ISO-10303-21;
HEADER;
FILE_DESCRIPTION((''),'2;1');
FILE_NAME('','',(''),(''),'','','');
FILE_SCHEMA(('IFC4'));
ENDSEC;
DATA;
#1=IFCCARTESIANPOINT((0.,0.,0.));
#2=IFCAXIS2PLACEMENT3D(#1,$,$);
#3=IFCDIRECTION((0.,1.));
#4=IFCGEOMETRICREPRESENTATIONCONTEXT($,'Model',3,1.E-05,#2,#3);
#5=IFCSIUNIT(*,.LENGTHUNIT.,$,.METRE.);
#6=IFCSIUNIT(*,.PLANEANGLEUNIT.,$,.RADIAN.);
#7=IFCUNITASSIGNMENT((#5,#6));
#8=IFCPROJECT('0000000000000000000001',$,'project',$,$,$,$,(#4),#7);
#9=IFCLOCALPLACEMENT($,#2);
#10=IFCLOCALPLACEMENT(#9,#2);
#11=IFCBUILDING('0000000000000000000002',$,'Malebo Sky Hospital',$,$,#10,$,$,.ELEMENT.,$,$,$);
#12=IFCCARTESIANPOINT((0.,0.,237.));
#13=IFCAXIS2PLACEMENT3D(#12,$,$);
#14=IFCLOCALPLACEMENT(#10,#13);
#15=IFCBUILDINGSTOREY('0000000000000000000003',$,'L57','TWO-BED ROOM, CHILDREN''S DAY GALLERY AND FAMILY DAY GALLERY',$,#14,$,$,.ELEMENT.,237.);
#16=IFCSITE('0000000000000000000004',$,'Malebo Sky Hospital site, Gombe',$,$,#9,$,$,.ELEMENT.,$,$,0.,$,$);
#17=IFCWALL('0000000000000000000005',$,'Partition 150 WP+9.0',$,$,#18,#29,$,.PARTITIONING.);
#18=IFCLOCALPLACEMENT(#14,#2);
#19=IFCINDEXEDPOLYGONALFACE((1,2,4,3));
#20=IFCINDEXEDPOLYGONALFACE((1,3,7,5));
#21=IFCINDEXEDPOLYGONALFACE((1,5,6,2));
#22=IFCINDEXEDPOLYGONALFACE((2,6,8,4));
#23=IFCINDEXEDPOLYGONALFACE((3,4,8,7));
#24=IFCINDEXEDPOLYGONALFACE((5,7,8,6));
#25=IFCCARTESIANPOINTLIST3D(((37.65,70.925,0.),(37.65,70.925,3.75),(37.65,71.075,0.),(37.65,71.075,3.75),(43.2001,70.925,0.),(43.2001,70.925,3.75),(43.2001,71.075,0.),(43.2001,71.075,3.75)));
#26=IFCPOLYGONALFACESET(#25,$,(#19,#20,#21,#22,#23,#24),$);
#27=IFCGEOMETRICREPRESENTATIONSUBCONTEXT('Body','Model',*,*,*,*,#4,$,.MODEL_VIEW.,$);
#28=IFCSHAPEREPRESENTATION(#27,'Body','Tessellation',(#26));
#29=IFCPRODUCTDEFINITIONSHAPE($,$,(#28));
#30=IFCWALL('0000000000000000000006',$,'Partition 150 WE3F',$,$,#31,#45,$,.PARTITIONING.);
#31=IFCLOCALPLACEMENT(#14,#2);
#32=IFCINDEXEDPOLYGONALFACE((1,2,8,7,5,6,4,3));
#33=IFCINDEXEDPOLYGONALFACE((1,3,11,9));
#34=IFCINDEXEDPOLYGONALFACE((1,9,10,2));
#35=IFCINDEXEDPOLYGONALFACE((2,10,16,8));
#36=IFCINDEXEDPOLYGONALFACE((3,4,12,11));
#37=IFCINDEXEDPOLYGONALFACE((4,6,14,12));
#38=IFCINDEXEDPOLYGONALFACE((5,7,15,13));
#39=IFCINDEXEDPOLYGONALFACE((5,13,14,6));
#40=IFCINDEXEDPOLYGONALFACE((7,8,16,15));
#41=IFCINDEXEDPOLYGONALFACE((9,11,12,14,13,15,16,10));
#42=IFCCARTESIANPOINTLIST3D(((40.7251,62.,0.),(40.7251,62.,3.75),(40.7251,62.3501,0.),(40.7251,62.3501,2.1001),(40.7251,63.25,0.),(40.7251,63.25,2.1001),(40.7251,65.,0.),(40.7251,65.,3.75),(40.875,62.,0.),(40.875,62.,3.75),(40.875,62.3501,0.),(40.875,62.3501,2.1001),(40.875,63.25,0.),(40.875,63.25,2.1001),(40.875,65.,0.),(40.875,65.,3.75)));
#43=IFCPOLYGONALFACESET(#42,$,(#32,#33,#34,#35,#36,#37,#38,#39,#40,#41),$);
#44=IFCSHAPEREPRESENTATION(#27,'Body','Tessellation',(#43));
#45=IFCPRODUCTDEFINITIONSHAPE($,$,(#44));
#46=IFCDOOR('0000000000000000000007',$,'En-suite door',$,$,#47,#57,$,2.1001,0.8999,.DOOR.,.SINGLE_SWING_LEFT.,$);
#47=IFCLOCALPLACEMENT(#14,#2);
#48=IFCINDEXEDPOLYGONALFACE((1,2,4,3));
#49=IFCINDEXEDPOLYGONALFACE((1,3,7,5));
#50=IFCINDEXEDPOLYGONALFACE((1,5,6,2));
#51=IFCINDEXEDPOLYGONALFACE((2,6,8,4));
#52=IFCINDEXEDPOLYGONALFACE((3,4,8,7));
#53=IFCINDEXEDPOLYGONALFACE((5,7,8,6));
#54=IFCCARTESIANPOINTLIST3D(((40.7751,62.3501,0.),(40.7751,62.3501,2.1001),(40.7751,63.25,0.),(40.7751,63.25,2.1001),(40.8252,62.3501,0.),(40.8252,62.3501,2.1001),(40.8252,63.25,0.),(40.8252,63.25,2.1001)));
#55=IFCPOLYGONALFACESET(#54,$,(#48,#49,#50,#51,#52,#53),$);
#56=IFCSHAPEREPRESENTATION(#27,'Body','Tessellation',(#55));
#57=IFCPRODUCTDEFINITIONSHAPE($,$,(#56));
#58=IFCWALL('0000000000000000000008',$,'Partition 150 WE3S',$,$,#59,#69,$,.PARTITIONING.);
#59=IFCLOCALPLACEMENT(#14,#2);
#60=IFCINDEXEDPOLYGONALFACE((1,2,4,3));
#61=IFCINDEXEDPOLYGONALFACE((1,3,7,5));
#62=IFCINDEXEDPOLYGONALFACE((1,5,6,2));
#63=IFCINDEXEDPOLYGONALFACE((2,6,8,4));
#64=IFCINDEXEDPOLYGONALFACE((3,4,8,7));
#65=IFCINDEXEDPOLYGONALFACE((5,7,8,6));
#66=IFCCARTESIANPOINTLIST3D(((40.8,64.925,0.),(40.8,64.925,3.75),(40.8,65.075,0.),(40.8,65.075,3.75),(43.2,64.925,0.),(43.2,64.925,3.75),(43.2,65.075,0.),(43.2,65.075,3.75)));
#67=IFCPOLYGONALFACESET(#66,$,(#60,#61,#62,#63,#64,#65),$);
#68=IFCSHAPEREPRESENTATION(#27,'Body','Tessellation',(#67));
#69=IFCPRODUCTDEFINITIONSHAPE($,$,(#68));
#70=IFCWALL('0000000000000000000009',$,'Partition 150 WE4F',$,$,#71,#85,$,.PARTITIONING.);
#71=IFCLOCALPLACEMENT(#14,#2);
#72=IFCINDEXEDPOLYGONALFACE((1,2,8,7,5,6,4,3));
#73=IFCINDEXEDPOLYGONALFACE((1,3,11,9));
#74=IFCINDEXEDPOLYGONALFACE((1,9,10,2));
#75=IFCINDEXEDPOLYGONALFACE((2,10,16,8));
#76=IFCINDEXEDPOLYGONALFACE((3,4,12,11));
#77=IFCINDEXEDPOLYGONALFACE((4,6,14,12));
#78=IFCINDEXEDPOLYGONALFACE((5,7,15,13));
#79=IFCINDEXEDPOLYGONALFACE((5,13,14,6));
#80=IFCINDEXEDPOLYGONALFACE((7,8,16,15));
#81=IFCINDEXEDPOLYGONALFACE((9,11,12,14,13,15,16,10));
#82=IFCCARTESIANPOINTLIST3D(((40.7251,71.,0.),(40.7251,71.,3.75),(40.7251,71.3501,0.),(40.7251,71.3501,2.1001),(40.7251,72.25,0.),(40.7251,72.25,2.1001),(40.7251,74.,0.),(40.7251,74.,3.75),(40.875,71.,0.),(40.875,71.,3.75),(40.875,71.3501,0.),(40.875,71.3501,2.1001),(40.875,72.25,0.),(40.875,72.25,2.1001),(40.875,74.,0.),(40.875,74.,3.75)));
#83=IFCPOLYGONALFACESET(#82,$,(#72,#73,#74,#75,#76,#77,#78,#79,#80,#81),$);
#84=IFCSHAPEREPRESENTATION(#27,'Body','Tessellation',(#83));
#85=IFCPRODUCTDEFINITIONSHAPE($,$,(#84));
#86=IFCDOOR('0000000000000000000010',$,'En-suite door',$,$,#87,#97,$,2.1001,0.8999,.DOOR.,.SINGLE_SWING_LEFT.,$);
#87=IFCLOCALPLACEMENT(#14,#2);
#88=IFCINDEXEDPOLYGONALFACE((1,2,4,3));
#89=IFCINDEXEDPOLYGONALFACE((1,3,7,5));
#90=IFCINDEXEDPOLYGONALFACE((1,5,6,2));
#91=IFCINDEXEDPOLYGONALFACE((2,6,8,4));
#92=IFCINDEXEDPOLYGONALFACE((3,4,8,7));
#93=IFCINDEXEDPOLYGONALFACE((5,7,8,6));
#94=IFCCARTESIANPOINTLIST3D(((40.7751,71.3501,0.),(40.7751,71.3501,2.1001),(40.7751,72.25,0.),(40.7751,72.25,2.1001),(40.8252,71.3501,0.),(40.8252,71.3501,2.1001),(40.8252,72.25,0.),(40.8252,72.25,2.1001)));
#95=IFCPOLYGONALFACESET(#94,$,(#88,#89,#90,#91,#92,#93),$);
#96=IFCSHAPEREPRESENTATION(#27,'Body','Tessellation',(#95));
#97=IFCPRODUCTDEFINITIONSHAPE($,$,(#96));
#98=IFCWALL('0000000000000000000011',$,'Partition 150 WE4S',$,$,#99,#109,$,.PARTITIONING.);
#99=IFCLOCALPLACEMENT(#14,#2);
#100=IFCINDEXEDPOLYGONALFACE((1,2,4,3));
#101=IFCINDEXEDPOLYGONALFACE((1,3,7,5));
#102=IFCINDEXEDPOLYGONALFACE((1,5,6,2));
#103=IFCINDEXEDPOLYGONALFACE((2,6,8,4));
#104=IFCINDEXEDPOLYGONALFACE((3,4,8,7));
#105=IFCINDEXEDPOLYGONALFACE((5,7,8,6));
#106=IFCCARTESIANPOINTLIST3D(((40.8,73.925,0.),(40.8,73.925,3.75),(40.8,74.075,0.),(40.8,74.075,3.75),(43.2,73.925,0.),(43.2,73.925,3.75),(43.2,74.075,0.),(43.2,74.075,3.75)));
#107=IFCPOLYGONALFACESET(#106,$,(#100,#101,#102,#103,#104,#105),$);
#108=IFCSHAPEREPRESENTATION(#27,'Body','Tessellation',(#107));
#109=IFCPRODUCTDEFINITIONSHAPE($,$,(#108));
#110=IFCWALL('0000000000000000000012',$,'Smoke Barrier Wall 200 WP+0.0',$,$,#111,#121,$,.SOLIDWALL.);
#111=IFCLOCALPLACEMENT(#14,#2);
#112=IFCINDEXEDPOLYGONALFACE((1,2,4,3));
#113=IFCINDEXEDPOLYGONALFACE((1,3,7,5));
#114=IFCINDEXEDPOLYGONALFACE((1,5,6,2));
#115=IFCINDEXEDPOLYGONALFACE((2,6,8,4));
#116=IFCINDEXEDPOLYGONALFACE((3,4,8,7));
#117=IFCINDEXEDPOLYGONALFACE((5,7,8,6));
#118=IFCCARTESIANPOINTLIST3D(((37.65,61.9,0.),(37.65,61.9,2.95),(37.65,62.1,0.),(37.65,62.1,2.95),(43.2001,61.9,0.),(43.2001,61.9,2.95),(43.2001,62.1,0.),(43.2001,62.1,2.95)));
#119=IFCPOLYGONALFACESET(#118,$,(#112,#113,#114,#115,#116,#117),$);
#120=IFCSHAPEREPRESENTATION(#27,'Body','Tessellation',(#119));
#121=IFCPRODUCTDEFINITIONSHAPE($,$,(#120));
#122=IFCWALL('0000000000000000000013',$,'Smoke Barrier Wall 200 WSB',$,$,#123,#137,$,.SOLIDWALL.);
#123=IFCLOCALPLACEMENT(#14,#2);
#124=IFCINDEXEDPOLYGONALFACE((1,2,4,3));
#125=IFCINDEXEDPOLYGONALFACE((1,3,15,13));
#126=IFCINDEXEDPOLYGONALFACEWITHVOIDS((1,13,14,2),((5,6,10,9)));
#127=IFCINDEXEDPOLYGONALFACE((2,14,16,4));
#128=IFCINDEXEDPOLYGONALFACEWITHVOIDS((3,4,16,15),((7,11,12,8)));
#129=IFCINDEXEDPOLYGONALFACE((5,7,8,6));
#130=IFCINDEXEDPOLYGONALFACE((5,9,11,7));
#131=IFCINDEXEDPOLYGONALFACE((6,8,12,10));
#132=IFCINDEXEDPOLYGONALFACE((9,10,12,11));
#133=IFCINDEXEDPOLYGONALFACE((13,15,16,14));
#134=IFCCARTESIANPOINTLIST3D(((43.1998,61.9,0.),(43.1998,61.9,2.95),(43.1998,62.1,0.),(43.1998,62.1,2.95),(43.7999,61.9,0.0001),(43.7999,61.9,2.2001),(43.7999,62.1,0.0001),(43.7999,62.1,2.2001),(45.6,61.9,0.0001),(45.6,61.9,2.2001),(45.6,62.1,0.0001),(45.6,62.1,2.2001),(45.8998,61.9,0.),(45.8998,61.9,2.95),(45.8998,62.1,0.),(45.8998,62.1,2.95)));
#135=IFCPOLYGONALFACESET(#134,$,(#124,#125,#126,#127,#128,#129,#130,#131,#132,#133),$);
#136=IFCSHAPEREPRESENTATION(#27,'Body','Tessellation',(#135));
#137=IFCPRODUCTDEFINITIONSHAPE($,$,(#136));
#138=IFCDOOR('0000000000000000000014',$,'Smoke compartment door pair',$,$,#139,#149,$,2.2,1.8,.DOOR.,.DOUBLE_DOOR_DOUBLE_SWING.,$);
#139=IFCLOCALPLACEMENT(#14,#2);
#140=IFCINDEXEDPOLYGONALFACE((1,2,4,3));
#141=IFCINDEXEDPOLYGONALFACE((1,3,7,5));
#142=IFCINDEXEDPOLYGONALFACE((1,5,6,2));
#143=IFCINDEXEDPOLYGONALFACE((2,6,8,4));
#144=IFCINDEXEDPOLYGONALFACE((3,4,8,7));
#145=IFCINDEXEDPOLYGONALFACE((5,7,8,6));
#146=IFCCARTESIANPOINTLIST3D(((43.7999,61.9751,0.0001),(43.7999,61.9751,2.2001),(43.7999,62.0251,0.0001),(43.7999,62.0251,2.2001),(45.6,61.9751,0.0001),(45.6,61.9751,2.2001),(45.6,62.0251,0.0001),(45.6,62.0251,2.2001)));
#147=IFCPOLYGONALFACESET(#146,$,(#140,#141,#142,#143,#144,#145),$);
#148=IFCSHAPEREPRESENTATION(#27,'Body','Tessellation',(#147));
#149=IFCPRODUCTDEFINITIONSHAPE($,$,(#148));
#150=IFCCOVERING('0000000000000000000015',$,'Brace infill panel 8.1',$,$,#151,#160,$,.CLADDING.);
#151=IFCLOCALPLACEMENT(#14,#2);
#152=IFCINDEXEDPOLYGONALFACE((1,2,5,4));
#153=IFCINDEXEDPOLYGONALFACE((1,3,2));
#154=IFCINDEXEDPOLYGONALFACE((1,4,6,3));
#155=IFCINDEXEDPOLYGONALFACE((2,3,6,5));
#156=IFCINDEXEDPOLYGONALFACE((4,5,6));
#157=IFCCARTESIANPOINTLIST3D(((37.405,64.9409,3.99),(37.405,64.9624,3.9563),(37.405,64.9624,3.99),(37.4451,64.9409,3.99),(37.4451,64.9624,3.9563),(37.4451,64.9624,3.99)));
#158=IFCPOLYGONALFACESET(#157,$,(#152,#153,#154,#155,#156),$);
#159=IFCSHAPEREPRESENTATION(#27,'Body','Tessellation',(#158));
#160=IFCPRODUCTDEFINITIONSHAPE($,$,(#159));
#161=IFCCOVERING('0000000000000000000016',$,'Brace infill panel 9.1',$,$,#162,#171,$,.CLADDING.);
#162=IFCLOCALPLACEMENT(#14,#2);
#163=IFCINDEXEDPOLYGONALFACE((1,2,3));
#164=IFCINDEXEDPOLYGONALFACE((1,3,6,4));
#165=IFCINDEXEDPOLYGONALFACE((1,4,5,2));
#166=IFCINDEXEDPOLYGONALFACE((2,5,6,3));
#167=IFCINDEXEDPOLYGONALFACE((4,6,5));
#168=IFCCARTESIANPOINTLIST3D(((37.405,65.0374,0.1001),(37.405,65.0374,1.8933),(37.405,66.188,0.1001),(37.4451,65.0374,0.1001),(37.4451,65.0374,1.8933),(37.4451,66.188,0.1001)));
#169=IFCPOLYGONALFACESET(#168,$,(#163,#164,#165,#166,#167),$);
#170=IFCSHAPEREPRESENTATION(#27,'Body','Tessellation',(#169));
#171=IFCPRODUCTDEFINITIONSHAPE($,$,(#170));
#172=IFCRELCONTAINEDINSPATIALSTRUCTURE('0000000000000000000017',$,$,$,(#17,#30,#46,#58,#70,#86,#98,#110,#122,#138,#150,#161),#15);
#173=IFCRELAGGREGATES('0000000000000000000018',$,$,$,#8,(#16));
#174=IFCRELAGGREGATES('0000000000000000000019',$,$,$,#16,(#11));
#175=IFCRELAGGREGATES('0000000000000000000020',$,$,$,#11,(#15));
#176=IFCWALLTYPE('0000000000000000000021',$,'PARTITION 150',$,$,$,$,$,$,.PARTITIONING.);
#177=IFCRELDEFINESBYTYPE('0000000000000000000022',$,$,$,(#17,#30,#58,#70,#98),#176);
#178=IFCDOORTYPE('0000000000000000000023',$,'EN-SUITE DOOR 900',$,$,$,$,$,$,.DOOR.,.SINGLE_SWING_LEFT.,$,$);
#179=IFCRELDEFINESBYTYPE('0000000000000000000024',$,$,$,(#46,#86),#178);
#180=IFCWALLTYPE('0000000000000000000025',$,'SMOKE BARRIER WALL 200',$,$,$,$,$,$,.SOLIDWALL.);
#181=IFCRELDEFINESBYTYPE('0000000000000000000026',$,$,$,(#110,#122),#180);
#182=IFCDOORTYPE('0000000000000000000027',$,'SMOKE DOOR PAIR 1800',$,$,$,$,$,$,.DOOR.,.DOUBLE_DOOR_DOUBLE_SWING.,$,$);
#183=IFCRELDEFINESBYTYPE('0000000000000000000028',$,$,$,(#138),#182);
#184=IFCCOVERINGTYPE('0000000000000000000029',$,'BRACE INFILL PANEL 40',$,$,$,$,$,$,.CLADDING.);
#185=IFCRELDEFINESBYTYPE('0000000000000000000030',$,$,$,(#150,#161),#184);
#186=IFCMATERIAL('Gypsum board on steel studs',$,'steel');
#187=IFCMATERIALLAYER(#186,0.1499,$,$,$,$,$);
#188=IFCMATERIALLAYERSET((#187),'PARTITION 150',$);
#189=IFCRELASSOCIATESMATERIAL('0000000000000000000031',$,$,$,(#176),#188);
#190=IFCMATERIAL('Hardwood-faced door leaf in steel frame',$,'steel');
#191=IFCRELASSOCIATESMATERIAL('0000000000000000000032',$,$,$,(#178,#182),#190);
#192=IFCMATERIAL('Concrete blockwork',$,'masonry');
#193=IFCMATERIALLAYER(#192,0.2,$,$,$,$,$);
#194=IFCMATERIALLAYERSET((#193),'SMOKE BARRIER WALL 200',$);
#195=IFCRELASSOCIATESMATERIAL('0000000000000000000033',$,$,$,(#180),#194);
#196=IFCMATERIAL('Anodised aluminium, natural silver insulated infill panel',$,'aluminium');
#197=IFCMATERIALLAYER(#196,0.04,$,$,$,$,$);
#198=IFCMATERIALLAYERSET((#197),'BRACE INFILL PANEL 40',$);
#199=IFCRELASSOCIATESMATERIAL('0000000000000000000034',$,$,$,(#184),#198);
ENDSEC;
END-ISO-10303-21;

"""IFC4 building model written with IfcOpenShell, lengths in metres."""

from ifc_helpers import new_model, si_unit, direction, frame, frame_2d, origin, place, context, subcontext, project, spatial, polyline, rectangle, outline, extrude, material, layer, layer_set, type_object, element, fill, save


model = new_model("IFC4")

# Units and contexts
model_context = context("Model", 3, precision=1e-05, world=origin(), true_north=direction((0.0, 1.0)))
body_context = subcontext(model_context, "Body", "Model", "MODEL_VIEW")
ifc_project = project(units=[si_unit("LENGTHUNIT", "METRE"), si_unit("PLANEANGLEUNIT", "RADIAN")], contexts=[model_context])

# Site, building, storey
site_placement = place(None, origin())
site = spatial("IfcSite", under=ifc_project, at=site_placement, Name="Malebo Sky Hospital site, Gombe", CompositionType="ELEMENT", RefElevation=0.0)
building_placement = place(site_placement, origin())
building = spatial("IfcBuilding", under=site, at=building_placement, Name="Malebo Sky Hospital", CompositionType="ELEMENT")
storey_placement = place(building_placement, frame((0.0, 0.0, 237.0)))
storey = spatial("IfcBuildingStorey", under=building, at=storey_placement, Name="L57", Description="TWO-BED ROOM, CHILDREN'S DAY GALLERY AND FAMILY DAY GALLERY", CompositionType="ELEMENT", Elevation=237.0)

# Shared definitions
ifc_material_1 = material(Name="Gypsum board on steel studs", Category="steel")
ifc_material_2 = material(Name="Hardwood-faced door leaf in steel frame", Category="steel")

# Wall
ifc_layer_1 = layer(ifc_material_1, 0.1499)
ifc_layer_set_1 = layer_set([ifc_layer_1], Name="PARTITION 150")
wall_type_1 = type_object("IfcWallType", Name="PARTITION 150", PredefinedType="PARTITIONING", material=ifc_layer_set_1)
wall_1_placement = place(storey_placement, frame((43.2, 71.0, 0.0), z_axis=(0.0, 0.0, 1.0), x_axis=(-1.0, 0.0, 0.0)))
element("IfcWall", 1, at=wall_1_placement, inside=storey, type_object=wall_type_1, Name="Partition 150 WP+9.0", PredefinedType="PARTITIONING", context=body_context, shape_type="SweptSolid", body=[
    extrude(rectangle(XDim=5.55, YDim=0.1499, at=frame_2d((2.7749, 0.0))), origin(), (0.0, 0.0, 1.0), 3.75),
])

# Wall, opening, door
wall_2_placement = place(storey_placement, frame((40.8, 62.0, 0.0), z_axis=(0.0, 0.0, 1.0), x_axis=(0.0, 1.0, 0.0)))
wall_2 = element("IfcWall", 2, at=wall_2_placement, inside=storey, type_object=wall_type_1, Name="Partition 150 WE3F", PredefinedType="PARTITIONING", context=body_context, shape_type="SweptSolid", body=[
    extrude(rectangle(XDim=3.0, YDim=0.1499, at=frame_2d((1.5, 0.0))), origin(), (0.0, 0.0, 1.0), 3.75),
])
opening_1_placement = place(wall_2_placement, frame((0.3501, 0.0, 0.0)))
opening_1 = element("IfcOpeningElement", 3, at=opening_1_placement, cuts=wall_2, PredefinedType="OPENING", context=body_context, shape_type="SweptSolid", body=[
    extrude(rectangle(XDim=0.8999, YDim=2.1001, at=frame_2d((0.45, 1.05))), frame((0.0, 0.085, 0.0), z_axis=(0.0, -1.0, 0.0), x_axis=(1.0, 0.0, 0.0)), (0.0, 0.0, 1.0), 0.1699),
])
door_type_1 = type_object("IfcDoorType", Name="EN-SUITE DOOR 900", OperationType="SINGLE_SWING_LEFT", PredefinedType="DOOR", material=ifc_material_2)
door_1_placement = place(opening_1_placement, origin())
door_1 = element("IfcDoor", 4, at=door_1_placement, inside=storey, type_object=door_type_1, Name="En-suite door", OperationType="SINGLE_SWING_LEFT", OverallHeight=2.1001, OverallWidth=0.8999, PredefinedType="DOOR", context=body_context, shape_type="SweptSolid", body=[
    extrude(rectangle(XDim=0.8999, YDim=2.1001, at=frame_2d((0.45, 1.05))), frame((0.0, 0.0249, 0.0), z_axis=(0.0, -1.0, 0.0), x_axis=(1.0, 0.0, 0.0)), (0.0, 0.0, 1.0), 0.05),
])
fill(opening_1, door_1)

# Wall
wall_3_placement = place(storey_placement, frame((43.2, 65.0, 0.0), z_axis=(0.0, 0.0, 1.0), x_axis=(-1.0, 0.0, 0.0)))
element("IfcWall", 5, at=wall_3_placement, inside=storey, type_object=wall_type_1, Name="Partition 150 WE3S", PredefinedType="PARTITIONING", context=body_context, shape_type="SweptSolid", body=[
    extrude(rectangle(XDim=2.3999, YDim=0.1499, at=frame_2d((1.2, 0.0))), origin(), (0.0, 0.0, 1.0), 3.75),
])

# Wall, opening, door
wall_4_placement = place(storey_placement, frame((40.8, 71.0, 0.0), z_axis=(0.0, 0.0, 1.0), x_axis=(0.0, 1.0, 0.0)))
wall_4 = element("IfcWall", 6, at=wall_4_placement, inside=storey, type_object=wall_type_1, Name="Partition 150 WE4F", PredefinedType="PARTITIONING", context=body_context, shape_type="SweptSolid", body=[
    extrude(rectangle(XDim=3.0, YDim=0.1499, at=frame_2d((1.5, 0.0))), origin(), (0.0, 0.0, 1.0), 3.75),
])
opening_2_placement = place(wall_4_placement, frame((0.3501, 0.0, 0.0)))
opening_2 = element("IfcOpeningElement", 7, at=opening_2_placement, cuts=wall_4, PredefinedType="OPENING", context=body_context, shape_type="SweptSolid", body=[
    extrude(rectangle(XDim=0.8999, YDim=2.1001, at=frame_2d((0.45, 1.05))), frame((0.0, 0.085, 0.0), z_axis=(0.0, -1.0, 0.0), x_axis=(1.0, 0.0, 0.0)), (0.0, 0.0, 1.0), 0.1699),
])
door_2_placement = place(opening_2_placement, origin())
door_2 = element("IfcDoor", 8, at=door_2_placement, inside=storey, type_object=door_type_1, Name="En-suite door", OperationType="SINGLE_SWING_LEFT", OverallHeight=2.1001, OverallWidth=0.8999, PredefinedType="DOOR", context=body_context, shape_type="SweptSolid", body=[
    extrude(rectangle(XDim=0.8999, YDim=2.1001, at=frame_2d((0.45, 1.05))), frame((0.0, 0.0249, 0.0), z_axis=(0.0, -1.0, 0.0), x_axis=(1.0, 0.0, 0.0)), (0.0, 0.0, 1.0), 0.05),
])
fill(opening_2, door_2)

# Walls
wall_5_placement = place(storey_placement, frame((43.2, 74.0, 0.0), z_axis=(0.0, 0.0, 1.0), x_axis=(-1.0, 0.0, 0.0)))
element("IfcWall", 9, at=wall_5_placement, inside=storey, type_object=wall_type_1, Name="Partition 150 WE4S", PredefinedType="PARTITIONING", context=body_context, shape_type="SweptSolid", body=[
    extrude(rectangle(XDim=2.3999, YDim=0.1499, at=frame_2d((1.2, 0.0))), origin(), (0.0, 0.0, 1.0), 3.75),
])
ifc_material_3 = material(Name="Concrete blockwork", Category="masonry")
ifc_layer_2 = layer(ifc_material_3, 0.2)
ifc_layer_set_2 = layer_set([ifc_layer_2], Name="SMOKE BARRIER WALL 200")
wall_type_2 = type_object("IfcWallType", Name="SMOKE BARRIER WALL 200", PredefinedType="SOLIDWALL", material=ifc_layer_set_2)
wall_6_placement = place(storey_placement, frame((43.2, 62.0, 0.0), z_axis=(0.0, 0.0, 1.0), x_axis=(-1.0, 0.0, 0.0)))
element("IfcWall", 10, at=wall_6_placement, inside=storey, type_object=wall_type_2, Name="Smoke Barrier Wall 200 WP+0.0", PredefinedType="SOLIDWALL", context=body_context, shape_type="SweptSolid", body=[
    extrude(rectangle(XDim=5.55, YDim=0.2, at=frame_2d((2.7749, 0.0))), origin(), (0.0, 0.0, 1.0), 2.95),
])

# Wall, opening, door
wall_7_placement = place(storey_placement, frame((45.8999, 62.0, 0.0), z_axis=(0.0, 0.0, 1.0), x_axis=(-1.0, 0.0, 0.0)))
wall_7 = element("IfcWall", 11, at=wall_7_placement, inside=storey, type_object=wall_type_2, Name="Smoke Barrier Wall 200 WSB", PredefinedType="SOLIDWALL", context=body_context, shape_type="SweptSolid", body=[
    extrude(rectangle(XDim=2.7, YDim=0.2, at=frame_2d((1.3501, 0.0))), origin(), (0.0, 0.0, 1.0), 2.95),
])
opening_3_placement = place(wall_7_placement, frame((0.3, 0.0, 0.0)))
opening_3 = element("IfcOpeningElement", 12, at=opening_3_placement, cuts=wall_7, PredefinedType="OPENING", context=body_context, shape_type="SweptSolid", body=[
    extrude(rectangle(XDim=1.8, YDim=2.2, at=frame_2d((0.8999, 1.1001))), frame((0.0, 0.1099, 0.0), z_axis=(0.0, -1.0, 0.0), x_axis=(1.0, 0.0, 0.0)), (0.0, 0.0, 1.0), 0.22),
])
door_type_2 = type_object("IfcDoorType", Name="SMOKE DOOR PAIR 1800", OperationType="DOUBLE_DOOR_DOUBLE_SWING", PredefinedType="DOOR", material=ifc_material_2)
door_3_placement = place(opening_3_placement, origin())
door_3 = element("IfcDoor", 13, at=door_3_placement, inside=storey, type_object=door_type_2, Name="Smoke compartment door pair", OperationType="DOUBLE_DOOR_DOUBLE_SWING", OverallHeight=2.2, OverallWidth=1.8, PredefinedType="DOOR", context=body_context, shape_type="SweptSolid", body=[
    extrude(rectangle(XDim=1.8, YDim=2.2, at=frame_2d((0.8999, 1.1001))), frame((0.0, 0.0249, 0.0), z_axis=(0.0, -1.0, 0.0), x_axis=(1.0, 0.0, 0.0)), (0.0, 0.0, 1.0), 0.05),
])
fill(opening_3, door_3)

# Coverings
ifc_material_4 = material(Name="Anodised aluminium, natural silver insulated infill panel", Category="aluminium")
ifc_layer_3 = layer(ifc_material_4, 0.04)
ifc_layer_set_3 = layer_set([ifc_layer_3], Name="BRACE INFILL PANEL 40")
covering_type = type_object("IfcCoveringType", Name="BRACE INFILL PANEL 40", PredefinedType="CLADDING", material=ifc_layer_set_3)
covering_1_placement = place(storey_placement, frame((37.425, 64.9517, 3.9563), z_axis=(0.0, 0.0, 1.0), x_axis=(0.0, 1.0, 0.0)))
element("IfcCovering", 14, at=covering_1_placement, inside=storey, type_object=covering_type, Name="Brace infill panel 8.1", PredefinedType="CLADDING", context=body_context, shape_type="SweptSolid", body=[
    extrude(outline(polyline([(0.0107, 0.0), (0.0107, 0.0337), (-0.0107, 0.0337), (0.0107, 0.0)])), frame((0.0, 0.02, 0.0), z_axis=(0.0, -1.0, 0.0), x_axis=(1.0, 0.0, 0.0)), (0.0, 0.0, 1.0), 0.04),
])
covering_2_placement = place(storey_placement, frame((37.425, 65.6128, 0.1001), z_axis=(0.0, 0.0, 1.0), x_axis=(0.0, 1.0, 0.0)))
element("IfcCovering", 15, at=covering_2_placement, inside=storey, type_object=covering_type, Name="Brace infill panel 9.1", PredefinedType="CLADDING", context=body_context, shape_type="SweptSolid", body=[
    extrude(outline(polyline([(-0.5754, 0.0), (0.5752, 0.0), (-0.5754, 1.7932), (-0.5754, 0.0)])), frame((0.0, 0.02, 0.0), z_axis=(0.0, -1.0, 0.0), x_axis=(1.0, 0.0, 0.0)), (0.0, 0.0, 1.0), 0.04),
])

save(model, "model.ifc")
